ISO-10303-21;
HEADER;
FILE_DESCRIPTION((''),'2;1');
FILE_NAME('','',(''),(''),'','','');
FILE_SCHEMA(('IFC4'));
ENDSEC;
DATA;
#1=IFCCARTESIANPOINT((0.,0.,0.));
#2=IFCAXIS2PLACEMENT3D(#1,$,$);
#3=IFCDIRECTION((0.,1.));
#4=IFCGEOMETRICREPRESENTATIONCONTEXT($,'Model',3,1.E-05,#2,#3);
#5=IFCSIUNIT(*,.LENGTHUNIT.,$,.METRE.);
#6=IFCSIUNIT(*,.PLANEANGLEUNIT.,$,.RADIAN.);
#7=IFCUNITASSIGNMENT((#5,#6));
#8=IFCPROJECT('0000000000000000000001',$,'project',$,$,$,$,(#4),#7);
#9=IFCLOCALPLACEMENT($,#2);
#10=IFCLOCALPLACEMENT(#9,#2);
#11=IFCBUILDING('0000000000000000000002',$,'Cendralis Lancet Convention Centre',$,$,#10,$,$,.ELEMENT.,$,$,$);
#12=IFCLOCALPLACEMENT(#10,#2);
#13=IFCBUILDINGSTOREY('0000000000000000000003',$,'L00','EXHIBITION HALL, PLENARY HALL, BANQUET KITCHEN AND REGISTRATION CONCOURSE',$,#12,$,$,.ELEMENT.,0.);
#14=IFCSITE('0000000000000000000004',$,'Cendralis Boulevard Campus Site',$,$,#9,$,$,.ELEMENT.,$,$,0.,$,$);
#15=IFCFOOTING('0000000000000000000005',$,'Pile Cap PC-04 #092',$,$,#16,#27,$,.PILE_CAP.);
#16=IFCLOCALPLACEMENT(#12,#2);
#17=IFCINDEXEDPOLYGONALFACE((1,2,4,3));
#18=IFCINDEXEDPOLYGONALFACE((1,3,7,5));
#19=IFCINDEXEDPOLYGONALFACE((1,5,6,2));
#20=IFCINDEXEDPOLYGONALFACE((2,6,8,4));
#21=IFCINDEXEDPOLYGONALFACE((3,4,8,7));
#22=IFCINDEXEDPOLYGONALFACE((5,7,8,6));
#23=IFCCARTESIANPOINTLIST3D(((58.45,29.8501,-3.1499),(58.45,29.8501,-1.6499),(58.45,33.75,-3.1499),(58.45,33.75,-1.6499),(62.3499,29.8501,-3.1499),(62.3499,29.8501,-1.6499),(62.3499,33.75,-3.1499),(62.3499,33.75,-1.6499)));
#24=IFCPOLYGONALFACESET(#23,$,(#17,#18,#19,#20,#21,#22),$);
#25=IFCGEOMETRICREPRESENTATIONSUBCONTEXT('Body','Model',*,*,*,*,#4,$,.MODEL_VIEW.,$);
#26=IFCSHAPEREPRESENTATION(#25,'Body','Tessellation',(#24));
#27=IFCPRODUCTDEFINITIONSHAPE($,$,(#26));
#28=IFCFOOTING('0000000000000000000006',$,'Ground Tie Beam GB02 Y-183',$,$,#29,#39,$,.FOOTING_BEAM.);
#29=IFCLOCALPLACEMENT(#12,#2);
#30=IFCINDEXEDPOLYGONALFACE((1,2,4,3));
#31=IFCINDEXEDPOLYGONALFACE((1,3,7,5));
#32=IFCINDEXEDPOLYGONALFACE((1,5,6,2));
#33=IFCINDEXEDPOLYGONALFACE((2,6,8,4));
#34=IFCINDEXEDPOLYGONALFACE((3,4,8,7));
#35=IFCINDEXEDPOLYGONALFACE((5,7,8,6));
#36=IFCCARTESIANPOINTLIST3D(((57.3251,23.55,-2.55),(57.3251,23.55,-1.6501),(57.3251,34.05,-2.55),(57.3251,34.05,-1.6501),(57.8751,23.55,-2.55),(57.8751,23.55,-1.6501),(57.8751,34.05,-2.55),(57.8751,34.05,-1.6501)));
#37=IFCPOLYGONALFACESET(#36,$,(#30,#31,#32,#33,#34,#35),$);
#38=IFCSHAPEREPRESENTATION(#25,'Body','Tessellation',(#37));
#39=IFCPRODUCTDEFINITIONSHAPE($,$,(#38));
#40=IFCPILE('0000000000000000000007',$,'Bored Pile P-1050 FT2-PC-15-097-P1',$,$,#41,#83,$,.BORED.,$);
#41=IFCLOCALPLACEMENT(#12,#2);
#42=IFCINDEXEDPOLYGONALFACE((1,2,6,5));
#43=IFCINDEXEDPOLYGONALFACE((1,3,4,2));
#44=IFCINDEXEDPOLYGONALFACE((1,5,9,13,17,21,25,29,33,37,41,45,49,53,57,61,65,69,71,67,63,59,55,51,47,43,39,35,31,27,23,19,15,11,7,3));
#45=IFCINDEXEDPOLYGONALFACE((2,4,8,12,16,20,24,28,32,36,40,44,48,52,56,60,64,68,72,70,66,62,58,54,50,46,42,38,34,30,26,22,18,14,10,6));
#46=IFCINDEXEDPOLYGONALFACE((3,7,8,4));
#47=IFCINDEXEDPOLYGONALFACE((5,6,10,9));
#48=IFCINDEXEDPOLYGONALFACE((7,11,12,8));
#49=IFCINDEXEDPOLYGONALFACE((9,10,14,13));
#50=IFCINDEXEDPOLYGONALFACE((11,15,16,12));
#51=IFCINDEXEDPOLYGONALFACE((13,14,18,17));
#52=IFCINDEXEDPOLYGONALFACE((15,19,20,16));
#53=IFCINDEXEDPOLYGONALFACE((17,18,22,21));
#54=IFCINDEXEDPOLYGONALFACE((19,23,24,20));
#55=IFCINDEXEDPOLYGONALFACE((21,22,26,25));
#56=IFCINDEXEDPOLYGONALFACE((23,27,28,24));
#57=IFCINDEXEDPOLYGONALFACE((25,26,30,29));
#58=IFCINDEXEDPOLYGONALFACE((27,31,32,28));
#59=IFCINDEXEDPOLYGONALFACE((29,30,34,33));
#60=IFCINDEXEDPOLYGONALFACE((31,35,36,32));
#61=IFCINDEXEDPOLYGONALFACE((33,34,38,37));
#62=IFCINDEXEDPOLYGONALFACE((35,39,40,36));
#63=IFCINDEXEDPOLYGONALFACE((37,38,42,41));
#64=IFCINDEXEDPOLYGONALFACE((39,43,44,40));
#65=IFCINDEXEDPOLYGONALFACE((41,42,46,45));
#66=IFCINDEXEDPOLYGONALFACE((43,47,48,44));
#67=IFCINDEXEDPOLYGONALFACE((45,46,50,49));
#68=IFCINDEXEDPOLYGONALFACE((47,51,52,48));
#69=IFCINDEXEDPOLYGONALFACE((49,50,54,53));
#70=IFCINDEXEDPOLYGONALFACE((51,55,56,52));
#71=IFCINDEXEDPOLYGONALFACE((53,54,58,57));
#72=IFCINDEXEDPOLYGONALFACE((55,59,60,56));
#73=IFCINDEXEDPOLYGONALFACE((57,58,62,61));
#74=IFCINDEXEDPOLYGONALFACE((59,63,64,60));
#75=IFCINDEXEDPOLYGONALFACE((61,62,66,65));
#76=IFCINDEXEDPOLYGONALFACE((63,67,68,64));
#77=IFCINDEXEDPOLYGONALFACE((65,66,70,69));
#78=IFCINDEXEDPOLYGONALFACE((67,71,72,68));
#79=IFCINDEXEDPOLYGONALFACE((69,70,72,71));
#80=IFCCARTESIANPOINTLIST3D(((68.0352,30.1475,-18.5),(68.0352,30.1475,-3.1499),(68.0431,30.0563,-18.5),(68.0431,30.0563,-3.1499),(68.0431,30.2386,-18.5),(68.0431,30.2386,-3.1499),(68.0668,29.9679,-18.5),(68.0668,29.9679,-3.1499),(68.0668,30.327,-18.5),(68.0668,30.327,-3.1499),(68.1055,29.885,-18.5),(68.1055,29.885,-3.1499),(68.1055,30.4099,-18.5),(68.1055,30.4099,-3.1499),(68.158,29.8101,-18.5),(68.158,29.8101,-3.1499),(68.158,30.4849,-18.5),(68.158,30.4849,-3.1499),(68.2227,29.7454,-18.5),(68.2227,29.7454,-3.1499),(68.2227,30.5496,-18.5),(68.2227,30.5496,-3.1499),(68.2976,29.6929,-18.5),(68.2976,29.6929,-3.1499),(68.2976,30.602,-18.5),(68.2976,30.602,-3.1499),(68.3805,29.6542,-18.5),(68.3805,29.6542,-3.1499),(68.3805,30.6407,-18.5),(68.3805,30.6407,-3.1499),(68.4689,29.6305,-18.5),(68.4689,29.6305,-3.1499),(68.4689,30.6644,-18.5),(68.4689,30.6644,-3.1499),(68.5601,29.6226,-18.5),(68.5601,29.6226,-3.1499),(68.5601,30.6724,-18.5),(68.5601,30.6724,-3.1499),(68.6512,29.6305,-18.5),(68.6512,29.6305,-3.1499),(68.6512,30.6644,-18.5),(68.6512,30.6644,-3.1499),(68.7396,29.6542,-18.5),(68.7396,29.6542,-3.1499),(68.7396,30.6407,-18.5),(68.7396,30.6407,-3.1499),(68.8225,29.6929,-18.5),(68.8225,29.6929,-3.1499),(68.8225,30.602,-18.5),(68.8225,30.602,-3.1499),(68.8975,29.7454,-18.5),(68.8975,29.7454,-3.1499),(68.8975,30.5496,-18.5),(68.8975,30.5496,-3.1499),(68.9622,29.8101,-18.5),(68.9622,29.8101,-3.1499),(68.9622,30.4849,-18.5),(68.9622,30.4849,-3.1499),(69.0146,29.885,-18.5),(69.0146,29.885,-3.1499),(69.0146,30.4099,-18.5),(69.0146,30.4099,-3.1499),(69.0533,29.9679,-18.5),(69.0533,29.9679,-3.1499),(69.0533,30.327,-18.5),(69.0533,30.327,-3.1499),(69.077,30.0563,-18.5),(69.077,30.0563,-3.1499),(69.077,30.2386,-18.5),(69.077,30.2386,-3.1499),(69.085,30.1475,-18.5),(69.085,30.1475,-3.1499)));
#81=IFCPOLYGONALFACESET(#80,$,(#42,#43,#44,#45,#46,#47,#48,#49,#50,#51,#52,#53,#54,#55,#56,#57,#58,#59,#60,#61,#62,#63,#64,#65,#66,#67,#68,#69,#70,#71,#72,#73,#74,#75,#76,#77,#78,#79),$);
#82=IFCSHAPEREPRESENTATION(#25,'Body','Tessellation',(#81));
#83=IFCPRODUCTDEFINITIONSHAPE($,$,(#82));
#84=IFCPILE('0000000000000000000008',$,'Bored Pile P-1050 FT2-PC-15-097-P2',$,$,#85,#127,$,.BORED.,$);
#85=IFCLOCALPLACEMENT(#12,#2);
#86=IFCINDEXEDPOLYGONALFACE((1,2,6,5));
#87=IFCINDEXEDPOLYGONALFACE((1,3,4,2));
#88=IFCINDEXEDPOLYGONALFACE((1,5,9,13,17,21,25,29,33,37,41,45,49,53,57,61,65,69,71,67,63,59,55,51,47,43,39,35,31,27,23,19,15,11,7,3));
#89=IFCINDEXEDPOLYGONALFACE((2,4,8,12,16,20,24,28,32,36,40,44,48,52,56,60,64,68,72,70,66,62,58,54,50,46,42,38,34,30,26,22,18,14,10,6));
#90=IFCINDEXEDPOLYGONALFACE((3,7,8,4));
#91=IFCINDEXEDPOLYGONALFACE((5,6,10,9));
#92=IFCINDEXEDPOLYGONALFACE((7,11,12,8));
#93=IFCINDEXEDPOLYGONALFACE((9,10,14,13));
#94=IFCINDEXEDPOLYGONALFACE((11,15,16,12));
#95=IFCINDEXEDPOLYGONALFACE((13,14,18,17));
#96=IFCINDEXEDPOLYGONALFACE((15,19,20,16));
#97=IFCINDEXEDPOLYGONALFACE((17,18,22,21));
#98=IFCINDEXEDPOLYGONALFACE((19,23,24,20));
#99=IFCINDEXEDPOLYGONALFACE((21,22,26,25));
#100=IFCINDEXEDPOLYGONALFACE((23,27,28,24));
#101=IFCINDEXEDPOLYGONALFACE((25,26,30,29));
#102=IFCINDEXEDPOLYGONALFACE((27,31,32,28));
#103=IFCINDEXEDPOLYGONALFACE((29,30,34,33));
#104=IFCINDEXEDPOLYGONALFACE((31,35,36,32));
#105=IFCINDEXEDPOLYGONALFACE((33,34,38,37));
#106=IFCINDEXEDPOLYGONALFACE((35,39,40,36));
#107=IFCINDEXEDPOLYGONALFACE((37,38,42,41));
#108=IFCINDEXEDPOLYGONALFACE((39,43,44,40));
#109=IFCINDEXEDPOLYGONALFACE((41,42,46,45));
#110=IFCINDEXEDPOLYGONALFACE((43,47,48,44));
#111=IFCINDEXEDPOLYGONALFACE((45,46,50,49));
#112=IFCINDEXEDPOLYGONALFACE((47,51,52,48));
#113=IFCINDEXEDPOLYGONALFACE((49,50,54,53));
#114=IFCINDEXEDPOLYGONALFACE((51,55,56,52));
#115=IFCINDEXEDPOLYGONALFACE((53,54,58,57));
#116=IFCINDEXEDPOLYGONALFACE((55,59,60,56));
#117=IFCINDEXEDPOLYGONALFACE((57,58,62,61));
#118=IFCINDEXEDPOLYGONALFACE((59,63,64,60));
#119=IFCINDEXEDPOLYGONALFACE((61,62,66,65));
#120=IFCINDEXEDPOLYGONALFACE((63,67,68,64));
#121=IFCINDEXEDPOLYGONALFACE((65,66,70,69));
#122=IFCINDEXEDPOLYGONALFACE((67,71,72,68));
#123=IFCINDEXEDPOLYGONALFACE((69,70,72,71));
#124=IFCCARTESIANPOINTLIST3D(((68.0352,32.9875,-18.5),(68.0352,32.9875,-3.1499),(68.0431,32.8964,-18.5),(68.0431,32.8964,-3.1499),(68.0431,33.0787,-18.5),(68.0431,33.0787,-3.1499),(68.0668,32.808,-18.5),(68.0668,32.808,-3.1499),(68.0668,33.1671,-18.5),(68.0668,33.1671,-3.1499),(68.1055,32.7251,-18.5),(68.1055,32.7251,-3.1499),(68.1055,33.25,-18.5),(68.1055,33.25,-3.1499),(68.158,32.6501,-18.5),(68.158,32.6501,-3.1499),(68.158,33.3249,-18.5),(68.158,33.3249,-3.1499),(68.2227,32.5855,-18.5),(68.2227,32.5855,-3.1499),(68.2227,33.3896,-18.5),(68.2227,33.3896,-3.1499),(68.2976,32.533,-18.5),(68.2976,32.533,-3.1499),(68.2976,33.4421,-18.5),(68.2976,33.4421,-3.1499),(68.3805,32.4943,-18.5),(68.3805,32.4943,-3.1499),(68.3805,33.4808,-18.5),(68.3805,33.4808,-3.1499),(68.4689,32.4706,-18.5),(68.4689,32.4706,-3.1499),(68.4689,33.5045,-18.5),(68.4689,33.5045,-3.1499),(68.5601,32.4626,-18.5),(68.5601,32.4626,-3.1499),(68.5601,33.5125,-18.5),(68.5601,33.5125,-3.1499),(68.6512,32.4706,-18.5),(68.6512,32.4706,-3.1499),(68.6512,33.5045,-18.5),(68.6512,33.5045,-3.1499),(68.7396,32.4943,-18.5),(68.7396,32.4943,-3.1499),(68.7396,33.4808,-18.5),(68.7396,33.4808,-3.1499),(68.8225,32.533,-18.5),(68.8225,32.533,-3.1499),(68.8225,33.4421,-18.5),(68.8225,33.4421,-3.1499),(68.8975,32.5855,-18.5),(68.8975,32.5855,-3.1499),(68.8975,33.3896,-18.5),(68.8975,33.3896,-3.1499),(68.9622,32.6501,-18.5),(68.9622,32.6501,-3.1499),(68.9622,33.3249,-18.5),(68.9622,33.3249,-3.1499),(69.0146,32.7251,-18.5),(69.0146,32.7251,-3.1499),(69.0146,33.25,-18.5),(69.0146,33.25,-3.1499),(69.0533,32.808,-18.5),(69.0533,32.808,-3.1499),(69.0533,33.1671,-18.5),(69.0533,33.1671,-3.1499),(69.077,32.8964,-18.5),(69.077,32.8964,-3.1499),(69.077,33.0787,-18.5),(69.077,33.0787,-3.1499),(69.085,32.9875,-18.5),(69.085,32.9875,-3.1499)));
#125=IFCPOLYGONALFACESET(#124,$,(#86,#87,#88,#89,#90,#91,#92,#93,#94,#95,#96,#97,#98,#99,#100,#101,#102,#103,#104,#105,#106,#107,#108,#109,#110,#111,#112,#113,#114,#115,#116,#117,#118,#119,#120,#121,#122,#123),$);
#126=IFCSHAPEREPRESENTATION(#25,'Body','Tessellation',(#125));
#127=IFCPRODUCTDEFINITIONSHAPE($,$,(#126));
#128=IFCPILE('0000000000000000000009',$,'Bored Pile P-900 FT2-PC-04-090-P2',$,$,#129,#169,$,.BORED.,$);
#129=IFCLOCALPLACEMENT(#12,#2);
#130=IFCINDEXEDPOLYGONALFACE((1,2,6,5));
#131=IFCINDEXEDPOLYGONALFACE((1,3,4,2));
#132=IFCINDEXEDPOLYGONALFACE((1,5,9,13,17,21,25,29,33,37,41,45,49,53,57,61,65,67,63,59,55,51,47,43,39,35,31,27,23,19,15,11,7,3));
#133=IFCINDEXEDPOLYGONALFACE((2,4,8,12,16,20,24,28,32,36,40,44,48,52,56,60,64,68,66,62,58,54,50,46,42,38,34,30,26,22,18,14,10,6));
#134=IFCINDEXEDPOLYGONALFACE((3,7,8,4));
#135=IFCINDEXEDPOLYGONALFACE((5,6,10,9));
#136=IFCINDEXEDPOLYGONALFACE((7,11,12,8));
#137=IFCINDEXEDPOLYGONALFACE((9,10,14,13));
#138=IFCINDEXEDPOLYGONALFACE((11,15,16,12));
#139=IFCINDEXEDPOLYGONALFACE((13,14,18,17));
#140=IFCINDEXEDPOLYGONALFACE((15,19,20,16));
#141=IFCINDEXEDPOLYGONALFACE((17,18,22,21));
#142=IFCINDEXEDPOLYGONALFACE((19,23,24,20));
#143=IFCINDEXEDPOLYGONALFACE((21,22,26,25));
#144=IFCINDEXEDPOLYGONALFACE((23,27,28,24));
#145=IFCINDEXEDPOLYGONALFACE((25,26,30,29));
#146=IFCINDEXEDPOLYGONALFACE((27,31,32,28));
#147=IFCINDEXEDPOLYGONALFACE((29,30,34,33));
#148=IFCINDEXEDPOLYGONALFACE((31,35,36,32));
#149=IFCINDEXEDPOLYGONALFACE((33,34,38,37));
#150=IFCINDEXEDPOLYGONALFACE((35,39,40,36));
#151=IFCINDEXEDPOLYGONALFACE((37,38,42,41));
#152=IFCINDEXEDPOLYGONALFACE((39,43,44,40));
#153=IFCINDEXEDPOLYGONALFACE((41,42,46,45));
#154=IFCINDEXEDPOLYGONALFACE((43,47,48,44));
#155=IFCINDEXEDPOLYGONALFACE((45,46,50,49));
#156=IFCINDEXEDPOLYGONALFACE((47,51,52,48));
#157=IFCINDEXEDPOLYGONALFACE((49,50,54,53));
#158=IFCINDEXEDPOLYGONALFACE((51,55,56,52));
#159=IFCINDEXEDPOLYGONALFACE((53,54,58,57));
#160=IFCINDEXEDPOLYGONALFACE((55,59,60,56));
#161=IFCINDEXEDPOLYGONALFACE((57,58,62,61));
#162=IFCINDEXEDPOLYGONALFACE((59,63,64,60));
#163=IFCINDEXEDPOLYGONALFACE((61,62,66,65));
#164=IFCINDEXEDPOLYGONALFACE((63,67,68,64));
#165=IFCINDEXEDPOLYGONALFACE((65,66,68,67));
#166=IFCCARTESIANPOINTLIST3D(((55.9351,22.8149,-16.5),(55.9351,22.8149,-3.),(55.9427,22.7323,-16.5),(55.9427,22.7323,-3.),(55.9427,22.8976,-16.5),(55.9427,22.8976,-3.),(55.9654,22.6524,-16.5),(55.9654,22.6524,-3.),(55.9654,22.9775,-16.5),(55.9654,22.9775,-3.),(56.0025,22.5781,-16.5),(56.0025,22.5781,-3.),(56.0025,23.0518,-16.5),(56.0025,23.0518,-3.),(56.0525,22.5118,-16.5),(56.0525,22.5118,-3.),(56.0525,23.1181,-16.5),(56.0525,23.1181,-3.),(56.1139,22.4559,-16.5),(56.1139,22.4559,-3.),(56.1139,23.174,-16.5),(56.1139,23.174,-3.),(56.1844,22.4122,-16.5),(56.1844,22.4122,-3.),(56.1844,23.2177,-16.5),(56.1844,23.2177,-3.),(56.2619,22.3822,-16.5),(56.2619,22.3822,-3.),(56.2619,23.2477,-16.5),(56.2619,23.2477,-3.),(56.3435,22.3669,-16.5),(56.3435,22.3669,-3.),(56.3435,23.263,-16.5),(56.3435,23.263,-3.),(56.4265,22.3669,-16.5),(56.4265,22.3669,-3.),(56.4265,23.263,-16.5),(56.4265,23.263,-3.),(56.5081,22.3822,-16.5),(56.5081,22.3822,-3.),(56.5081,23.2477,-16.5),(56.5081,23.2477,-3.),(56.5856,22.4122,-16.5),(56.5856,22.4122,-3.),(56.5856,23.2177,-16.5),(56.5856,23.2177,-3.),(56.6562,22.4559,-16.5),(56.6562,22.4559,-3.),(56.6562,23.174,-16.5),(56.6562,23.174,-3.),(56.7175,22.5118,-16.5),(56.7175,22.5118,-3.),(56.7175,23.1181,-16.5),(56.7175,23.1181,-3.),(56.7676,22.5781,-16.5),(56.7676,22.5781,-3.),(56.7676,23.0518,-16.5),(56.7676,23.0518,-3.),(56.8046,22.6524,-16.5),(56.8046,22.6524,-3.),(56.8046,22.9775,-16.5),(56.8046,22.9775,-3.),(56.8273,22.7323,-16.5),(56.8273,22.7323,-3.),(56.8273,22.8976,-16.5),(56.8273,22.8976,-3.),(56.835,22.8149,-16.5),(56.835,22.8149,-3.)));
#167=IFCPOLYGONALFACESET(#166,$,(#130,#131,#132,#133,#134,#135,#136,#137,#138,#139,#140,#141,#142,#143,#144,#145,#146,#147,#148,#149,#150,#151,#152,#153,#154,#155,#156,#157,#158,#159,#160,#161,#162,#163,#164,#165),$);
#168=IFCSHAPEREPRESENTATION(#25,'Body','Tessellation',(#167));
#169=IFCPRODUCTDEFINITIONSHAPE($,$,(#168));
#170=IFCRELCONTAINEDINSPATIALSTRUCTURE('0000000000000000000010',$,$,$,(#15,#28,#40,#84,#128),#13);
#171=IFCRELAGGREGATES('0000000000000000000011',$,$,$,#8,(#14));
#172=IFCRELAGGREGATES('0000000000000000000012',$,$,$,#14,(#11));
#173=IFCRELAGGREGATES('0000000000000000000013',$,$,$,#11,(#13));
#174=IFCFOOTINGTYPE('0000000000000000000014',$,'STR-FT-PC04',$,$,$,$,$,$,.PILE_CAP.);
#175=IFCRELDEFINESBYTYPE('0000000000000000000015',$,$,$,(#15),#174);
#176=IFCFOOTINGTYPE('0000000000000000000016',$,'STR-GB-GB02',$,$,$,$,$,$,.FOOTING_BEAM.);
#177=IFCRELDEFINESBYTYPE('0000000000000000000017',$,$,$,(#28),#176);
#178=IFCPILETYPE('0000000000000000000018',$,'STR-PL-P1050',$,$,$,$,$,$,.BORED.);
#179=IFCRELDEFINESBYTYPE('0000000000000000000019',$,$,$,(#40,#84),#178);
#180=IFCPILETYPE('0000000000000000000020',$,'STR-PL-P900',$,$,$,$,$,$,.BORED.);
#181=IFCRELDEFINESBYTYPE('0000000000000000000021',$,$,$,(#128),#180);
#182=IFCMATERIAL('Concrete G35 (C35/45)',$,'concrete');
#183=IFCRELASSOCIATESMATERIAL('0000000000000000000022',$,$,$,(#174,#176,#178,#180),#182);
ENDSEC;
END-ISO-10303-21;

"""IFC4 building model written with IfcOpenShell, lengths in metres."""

from ifc_helpers import new_model, si_unit, direction, frame, origin, origin_2d, place, context, subcontext, project, spatial, rectangle, circle, extrude, material, material_profile, profile_set, type_object, element, save


model = new_model("IFC4")

# Units and contexts
model_context = context("Model", 3, precision=1e-05, world=origin(), true_north=direction((0.0, 1.0)))
body_context = subcontext(model_context, "Body", "Model", "MODEL_VIEW")
ifc_project = project(units=[si_unit("LENGTHUNIT", "METRE"), si_unit("PLANEANGLEUNIT", "RADIAN")], contexts=[model_context])

# Site, building, storey
site_placement = place(None, origin())
site = spatial("IfcSite", under=ifc_project, at=site_placement, Name="Cendralis Boulevard Campus Site", CompositionType="ELEMENT", RefElevation=0.0)
building_placement = place(site_placement, origin())
building = spatial("IfcBuilding", under=site, at=building_placement, Name="Cendralis Lancet Convention Centre", CompositionType="ELEMENT")
storey_placement = place(building_placement, origin())
storey = spatial("IfcBuildingStorey", under=building, at=storey_placement, Name="L00", Description="EXHIBITION HALL, PLENARY HALL, BANQUET KITCHEN AND REGISTRATION CONCOURSE", CompositionType="ELEMENT", Elevation=0.0)

# Footings
ifc_material_1 = material(Name="Concrete G35 (C35/45)", Category="concrete")
footing_type_1 = type_object("IfcFootingType", Name="STR-FT-PC04", PredefinedType="PILE_CAP", material=ifc_material_1)
footing_1_placement = place(storey_placement, frame((60.3999, 31.8, -3.1499), z_axis=(0.0, 0.0, 1.0), x_axis=(1.0, 0.0, 0.0)))
element("IfcFooting", 1, at=footing_1_placement, inside=storey, type_object=footing_type_1, Name="Pile Cap PC-04 #092", PredefinedType="PILE_CAP", context=body_context, shape_type="SweptSolid", body=[
    extrude(rectangle(XDim=3.8999, YDim=3.8999, at=origin_2d()), origin(), (0.0, 0.0, 1.0), 1.5),
])
ifc_material_profile_1 = material_profile(ifc_material_1, rectangle(XDim=0.55, YDim=0.8999, at=origin_2d()), Name="RCB 550x900")
ifc_profile_set_1 = profile_set([ifc_material_profile_1], Name="Concrete G35 (C35/45)")
footing_type_2 = type_object("IfcFootingType", Name="STR-GB-GB02", PredefinedType="FOOTING_BEAM", material=ifc_profile_set_1)
footing_2_placement = place(storey_placement, frame((57.6001, 23.55, -2.1001), z_axis=(0.0, 1.0, 0.0), x_axis=(-1.0, 0.0, 0.0)))
element("IfcFooting", 2, at=footing_2_placement, inside=storey, type_object=footing_type_2, Name="Ground Tie Beam GB02 Y-183", PredefinedType="FOOTING_BEAM", context=body_context, shape_type="SweptSolid", body=[
    extrude(rectangle(XDim=0.55, YDim=0.8999, at=origin_2d()), origin(), (0.0, 0.0, 1.0), 10.5),
])

# Piles
ifc_material_profile_2 = material_profile(ifc_material_1, circle(Radius=0.5249, at=origin_2d()), Name="BORED PILE D1050")
ifc_profile_set_2 = profile_set([ifc_material_profile_2], Name="Concrete G35 (C35/45)")
pile_type_1 = type_object("IfcPileType", Name="STR-PL-P1050", PredefinedType="BORED", material=ifc_profile_set_2)
for number, where, z_axis, x_axis, name in (
    (3, (68.5601, 30.1475, -3.1499), (0.0, 0.0, -1.0), (1.0, 0.0, 0.0), "Bored Pile P-1050 FT2-PC-15-097-P1"),
    (4, (68.5601, 32.9875, -3.1499), (0.0, 0.0, -1.0), (1.0, 0.0, 0.0), "Bored Pile P-1050 FT2-PC-15-097-P2"),
):
    element("IfcPile", number, at=place(storey_placement, frame(where, z_axis=z_axis, x_axis=x_axis)), inside=storey, type_object=pile_type_1, Name=name, PredefinedType="BORED", context=body_context, shape_type="SweptSolid", body=[
        extrude(circle(Radius=0.5249, at=origin_2d()), origin(), (0.0, 0.0, 1.0), 15.3501),
    ])
ifc_material_profile_3 = material_profile(ifc_material_1, circle(Radius=0.45, at=origin_2d()), Name="BORED PILE D900")
ifc_profile_set_3 = profile_set([ifc_material_profile_3], Name="Concrete G35 (C35/45)")
pile_type_2 = type_object("IfcPileType", Name="STR-PL-P900", PredefinedType="BORED", material=ifc_profile_set_3)
for number, where, z_axis, x_axis, name in (
    (5, (56.385, 22.8149, -3.0), (0.0, 0.0, -1.0), (1.0, 0.0, 0.0), "Bored Pile P-900 FT2-PC-04-090-P2"),
):
    element("IfcPile", number, at=place(storey_placement, frame(where, z_axis=z_axis, x_axis=x_axis)), inside=storey, type_object=pile_type_2, Name=name, PredefinedType="BORED", context=body_context, shape_type="SweptSolid", body=[
        extrude(circle(Radius=0.45, at=origin_2d()), origin(), (0.0, 0.0, 1.0), 13.5),
    ])

save(model, "model.ifc")
